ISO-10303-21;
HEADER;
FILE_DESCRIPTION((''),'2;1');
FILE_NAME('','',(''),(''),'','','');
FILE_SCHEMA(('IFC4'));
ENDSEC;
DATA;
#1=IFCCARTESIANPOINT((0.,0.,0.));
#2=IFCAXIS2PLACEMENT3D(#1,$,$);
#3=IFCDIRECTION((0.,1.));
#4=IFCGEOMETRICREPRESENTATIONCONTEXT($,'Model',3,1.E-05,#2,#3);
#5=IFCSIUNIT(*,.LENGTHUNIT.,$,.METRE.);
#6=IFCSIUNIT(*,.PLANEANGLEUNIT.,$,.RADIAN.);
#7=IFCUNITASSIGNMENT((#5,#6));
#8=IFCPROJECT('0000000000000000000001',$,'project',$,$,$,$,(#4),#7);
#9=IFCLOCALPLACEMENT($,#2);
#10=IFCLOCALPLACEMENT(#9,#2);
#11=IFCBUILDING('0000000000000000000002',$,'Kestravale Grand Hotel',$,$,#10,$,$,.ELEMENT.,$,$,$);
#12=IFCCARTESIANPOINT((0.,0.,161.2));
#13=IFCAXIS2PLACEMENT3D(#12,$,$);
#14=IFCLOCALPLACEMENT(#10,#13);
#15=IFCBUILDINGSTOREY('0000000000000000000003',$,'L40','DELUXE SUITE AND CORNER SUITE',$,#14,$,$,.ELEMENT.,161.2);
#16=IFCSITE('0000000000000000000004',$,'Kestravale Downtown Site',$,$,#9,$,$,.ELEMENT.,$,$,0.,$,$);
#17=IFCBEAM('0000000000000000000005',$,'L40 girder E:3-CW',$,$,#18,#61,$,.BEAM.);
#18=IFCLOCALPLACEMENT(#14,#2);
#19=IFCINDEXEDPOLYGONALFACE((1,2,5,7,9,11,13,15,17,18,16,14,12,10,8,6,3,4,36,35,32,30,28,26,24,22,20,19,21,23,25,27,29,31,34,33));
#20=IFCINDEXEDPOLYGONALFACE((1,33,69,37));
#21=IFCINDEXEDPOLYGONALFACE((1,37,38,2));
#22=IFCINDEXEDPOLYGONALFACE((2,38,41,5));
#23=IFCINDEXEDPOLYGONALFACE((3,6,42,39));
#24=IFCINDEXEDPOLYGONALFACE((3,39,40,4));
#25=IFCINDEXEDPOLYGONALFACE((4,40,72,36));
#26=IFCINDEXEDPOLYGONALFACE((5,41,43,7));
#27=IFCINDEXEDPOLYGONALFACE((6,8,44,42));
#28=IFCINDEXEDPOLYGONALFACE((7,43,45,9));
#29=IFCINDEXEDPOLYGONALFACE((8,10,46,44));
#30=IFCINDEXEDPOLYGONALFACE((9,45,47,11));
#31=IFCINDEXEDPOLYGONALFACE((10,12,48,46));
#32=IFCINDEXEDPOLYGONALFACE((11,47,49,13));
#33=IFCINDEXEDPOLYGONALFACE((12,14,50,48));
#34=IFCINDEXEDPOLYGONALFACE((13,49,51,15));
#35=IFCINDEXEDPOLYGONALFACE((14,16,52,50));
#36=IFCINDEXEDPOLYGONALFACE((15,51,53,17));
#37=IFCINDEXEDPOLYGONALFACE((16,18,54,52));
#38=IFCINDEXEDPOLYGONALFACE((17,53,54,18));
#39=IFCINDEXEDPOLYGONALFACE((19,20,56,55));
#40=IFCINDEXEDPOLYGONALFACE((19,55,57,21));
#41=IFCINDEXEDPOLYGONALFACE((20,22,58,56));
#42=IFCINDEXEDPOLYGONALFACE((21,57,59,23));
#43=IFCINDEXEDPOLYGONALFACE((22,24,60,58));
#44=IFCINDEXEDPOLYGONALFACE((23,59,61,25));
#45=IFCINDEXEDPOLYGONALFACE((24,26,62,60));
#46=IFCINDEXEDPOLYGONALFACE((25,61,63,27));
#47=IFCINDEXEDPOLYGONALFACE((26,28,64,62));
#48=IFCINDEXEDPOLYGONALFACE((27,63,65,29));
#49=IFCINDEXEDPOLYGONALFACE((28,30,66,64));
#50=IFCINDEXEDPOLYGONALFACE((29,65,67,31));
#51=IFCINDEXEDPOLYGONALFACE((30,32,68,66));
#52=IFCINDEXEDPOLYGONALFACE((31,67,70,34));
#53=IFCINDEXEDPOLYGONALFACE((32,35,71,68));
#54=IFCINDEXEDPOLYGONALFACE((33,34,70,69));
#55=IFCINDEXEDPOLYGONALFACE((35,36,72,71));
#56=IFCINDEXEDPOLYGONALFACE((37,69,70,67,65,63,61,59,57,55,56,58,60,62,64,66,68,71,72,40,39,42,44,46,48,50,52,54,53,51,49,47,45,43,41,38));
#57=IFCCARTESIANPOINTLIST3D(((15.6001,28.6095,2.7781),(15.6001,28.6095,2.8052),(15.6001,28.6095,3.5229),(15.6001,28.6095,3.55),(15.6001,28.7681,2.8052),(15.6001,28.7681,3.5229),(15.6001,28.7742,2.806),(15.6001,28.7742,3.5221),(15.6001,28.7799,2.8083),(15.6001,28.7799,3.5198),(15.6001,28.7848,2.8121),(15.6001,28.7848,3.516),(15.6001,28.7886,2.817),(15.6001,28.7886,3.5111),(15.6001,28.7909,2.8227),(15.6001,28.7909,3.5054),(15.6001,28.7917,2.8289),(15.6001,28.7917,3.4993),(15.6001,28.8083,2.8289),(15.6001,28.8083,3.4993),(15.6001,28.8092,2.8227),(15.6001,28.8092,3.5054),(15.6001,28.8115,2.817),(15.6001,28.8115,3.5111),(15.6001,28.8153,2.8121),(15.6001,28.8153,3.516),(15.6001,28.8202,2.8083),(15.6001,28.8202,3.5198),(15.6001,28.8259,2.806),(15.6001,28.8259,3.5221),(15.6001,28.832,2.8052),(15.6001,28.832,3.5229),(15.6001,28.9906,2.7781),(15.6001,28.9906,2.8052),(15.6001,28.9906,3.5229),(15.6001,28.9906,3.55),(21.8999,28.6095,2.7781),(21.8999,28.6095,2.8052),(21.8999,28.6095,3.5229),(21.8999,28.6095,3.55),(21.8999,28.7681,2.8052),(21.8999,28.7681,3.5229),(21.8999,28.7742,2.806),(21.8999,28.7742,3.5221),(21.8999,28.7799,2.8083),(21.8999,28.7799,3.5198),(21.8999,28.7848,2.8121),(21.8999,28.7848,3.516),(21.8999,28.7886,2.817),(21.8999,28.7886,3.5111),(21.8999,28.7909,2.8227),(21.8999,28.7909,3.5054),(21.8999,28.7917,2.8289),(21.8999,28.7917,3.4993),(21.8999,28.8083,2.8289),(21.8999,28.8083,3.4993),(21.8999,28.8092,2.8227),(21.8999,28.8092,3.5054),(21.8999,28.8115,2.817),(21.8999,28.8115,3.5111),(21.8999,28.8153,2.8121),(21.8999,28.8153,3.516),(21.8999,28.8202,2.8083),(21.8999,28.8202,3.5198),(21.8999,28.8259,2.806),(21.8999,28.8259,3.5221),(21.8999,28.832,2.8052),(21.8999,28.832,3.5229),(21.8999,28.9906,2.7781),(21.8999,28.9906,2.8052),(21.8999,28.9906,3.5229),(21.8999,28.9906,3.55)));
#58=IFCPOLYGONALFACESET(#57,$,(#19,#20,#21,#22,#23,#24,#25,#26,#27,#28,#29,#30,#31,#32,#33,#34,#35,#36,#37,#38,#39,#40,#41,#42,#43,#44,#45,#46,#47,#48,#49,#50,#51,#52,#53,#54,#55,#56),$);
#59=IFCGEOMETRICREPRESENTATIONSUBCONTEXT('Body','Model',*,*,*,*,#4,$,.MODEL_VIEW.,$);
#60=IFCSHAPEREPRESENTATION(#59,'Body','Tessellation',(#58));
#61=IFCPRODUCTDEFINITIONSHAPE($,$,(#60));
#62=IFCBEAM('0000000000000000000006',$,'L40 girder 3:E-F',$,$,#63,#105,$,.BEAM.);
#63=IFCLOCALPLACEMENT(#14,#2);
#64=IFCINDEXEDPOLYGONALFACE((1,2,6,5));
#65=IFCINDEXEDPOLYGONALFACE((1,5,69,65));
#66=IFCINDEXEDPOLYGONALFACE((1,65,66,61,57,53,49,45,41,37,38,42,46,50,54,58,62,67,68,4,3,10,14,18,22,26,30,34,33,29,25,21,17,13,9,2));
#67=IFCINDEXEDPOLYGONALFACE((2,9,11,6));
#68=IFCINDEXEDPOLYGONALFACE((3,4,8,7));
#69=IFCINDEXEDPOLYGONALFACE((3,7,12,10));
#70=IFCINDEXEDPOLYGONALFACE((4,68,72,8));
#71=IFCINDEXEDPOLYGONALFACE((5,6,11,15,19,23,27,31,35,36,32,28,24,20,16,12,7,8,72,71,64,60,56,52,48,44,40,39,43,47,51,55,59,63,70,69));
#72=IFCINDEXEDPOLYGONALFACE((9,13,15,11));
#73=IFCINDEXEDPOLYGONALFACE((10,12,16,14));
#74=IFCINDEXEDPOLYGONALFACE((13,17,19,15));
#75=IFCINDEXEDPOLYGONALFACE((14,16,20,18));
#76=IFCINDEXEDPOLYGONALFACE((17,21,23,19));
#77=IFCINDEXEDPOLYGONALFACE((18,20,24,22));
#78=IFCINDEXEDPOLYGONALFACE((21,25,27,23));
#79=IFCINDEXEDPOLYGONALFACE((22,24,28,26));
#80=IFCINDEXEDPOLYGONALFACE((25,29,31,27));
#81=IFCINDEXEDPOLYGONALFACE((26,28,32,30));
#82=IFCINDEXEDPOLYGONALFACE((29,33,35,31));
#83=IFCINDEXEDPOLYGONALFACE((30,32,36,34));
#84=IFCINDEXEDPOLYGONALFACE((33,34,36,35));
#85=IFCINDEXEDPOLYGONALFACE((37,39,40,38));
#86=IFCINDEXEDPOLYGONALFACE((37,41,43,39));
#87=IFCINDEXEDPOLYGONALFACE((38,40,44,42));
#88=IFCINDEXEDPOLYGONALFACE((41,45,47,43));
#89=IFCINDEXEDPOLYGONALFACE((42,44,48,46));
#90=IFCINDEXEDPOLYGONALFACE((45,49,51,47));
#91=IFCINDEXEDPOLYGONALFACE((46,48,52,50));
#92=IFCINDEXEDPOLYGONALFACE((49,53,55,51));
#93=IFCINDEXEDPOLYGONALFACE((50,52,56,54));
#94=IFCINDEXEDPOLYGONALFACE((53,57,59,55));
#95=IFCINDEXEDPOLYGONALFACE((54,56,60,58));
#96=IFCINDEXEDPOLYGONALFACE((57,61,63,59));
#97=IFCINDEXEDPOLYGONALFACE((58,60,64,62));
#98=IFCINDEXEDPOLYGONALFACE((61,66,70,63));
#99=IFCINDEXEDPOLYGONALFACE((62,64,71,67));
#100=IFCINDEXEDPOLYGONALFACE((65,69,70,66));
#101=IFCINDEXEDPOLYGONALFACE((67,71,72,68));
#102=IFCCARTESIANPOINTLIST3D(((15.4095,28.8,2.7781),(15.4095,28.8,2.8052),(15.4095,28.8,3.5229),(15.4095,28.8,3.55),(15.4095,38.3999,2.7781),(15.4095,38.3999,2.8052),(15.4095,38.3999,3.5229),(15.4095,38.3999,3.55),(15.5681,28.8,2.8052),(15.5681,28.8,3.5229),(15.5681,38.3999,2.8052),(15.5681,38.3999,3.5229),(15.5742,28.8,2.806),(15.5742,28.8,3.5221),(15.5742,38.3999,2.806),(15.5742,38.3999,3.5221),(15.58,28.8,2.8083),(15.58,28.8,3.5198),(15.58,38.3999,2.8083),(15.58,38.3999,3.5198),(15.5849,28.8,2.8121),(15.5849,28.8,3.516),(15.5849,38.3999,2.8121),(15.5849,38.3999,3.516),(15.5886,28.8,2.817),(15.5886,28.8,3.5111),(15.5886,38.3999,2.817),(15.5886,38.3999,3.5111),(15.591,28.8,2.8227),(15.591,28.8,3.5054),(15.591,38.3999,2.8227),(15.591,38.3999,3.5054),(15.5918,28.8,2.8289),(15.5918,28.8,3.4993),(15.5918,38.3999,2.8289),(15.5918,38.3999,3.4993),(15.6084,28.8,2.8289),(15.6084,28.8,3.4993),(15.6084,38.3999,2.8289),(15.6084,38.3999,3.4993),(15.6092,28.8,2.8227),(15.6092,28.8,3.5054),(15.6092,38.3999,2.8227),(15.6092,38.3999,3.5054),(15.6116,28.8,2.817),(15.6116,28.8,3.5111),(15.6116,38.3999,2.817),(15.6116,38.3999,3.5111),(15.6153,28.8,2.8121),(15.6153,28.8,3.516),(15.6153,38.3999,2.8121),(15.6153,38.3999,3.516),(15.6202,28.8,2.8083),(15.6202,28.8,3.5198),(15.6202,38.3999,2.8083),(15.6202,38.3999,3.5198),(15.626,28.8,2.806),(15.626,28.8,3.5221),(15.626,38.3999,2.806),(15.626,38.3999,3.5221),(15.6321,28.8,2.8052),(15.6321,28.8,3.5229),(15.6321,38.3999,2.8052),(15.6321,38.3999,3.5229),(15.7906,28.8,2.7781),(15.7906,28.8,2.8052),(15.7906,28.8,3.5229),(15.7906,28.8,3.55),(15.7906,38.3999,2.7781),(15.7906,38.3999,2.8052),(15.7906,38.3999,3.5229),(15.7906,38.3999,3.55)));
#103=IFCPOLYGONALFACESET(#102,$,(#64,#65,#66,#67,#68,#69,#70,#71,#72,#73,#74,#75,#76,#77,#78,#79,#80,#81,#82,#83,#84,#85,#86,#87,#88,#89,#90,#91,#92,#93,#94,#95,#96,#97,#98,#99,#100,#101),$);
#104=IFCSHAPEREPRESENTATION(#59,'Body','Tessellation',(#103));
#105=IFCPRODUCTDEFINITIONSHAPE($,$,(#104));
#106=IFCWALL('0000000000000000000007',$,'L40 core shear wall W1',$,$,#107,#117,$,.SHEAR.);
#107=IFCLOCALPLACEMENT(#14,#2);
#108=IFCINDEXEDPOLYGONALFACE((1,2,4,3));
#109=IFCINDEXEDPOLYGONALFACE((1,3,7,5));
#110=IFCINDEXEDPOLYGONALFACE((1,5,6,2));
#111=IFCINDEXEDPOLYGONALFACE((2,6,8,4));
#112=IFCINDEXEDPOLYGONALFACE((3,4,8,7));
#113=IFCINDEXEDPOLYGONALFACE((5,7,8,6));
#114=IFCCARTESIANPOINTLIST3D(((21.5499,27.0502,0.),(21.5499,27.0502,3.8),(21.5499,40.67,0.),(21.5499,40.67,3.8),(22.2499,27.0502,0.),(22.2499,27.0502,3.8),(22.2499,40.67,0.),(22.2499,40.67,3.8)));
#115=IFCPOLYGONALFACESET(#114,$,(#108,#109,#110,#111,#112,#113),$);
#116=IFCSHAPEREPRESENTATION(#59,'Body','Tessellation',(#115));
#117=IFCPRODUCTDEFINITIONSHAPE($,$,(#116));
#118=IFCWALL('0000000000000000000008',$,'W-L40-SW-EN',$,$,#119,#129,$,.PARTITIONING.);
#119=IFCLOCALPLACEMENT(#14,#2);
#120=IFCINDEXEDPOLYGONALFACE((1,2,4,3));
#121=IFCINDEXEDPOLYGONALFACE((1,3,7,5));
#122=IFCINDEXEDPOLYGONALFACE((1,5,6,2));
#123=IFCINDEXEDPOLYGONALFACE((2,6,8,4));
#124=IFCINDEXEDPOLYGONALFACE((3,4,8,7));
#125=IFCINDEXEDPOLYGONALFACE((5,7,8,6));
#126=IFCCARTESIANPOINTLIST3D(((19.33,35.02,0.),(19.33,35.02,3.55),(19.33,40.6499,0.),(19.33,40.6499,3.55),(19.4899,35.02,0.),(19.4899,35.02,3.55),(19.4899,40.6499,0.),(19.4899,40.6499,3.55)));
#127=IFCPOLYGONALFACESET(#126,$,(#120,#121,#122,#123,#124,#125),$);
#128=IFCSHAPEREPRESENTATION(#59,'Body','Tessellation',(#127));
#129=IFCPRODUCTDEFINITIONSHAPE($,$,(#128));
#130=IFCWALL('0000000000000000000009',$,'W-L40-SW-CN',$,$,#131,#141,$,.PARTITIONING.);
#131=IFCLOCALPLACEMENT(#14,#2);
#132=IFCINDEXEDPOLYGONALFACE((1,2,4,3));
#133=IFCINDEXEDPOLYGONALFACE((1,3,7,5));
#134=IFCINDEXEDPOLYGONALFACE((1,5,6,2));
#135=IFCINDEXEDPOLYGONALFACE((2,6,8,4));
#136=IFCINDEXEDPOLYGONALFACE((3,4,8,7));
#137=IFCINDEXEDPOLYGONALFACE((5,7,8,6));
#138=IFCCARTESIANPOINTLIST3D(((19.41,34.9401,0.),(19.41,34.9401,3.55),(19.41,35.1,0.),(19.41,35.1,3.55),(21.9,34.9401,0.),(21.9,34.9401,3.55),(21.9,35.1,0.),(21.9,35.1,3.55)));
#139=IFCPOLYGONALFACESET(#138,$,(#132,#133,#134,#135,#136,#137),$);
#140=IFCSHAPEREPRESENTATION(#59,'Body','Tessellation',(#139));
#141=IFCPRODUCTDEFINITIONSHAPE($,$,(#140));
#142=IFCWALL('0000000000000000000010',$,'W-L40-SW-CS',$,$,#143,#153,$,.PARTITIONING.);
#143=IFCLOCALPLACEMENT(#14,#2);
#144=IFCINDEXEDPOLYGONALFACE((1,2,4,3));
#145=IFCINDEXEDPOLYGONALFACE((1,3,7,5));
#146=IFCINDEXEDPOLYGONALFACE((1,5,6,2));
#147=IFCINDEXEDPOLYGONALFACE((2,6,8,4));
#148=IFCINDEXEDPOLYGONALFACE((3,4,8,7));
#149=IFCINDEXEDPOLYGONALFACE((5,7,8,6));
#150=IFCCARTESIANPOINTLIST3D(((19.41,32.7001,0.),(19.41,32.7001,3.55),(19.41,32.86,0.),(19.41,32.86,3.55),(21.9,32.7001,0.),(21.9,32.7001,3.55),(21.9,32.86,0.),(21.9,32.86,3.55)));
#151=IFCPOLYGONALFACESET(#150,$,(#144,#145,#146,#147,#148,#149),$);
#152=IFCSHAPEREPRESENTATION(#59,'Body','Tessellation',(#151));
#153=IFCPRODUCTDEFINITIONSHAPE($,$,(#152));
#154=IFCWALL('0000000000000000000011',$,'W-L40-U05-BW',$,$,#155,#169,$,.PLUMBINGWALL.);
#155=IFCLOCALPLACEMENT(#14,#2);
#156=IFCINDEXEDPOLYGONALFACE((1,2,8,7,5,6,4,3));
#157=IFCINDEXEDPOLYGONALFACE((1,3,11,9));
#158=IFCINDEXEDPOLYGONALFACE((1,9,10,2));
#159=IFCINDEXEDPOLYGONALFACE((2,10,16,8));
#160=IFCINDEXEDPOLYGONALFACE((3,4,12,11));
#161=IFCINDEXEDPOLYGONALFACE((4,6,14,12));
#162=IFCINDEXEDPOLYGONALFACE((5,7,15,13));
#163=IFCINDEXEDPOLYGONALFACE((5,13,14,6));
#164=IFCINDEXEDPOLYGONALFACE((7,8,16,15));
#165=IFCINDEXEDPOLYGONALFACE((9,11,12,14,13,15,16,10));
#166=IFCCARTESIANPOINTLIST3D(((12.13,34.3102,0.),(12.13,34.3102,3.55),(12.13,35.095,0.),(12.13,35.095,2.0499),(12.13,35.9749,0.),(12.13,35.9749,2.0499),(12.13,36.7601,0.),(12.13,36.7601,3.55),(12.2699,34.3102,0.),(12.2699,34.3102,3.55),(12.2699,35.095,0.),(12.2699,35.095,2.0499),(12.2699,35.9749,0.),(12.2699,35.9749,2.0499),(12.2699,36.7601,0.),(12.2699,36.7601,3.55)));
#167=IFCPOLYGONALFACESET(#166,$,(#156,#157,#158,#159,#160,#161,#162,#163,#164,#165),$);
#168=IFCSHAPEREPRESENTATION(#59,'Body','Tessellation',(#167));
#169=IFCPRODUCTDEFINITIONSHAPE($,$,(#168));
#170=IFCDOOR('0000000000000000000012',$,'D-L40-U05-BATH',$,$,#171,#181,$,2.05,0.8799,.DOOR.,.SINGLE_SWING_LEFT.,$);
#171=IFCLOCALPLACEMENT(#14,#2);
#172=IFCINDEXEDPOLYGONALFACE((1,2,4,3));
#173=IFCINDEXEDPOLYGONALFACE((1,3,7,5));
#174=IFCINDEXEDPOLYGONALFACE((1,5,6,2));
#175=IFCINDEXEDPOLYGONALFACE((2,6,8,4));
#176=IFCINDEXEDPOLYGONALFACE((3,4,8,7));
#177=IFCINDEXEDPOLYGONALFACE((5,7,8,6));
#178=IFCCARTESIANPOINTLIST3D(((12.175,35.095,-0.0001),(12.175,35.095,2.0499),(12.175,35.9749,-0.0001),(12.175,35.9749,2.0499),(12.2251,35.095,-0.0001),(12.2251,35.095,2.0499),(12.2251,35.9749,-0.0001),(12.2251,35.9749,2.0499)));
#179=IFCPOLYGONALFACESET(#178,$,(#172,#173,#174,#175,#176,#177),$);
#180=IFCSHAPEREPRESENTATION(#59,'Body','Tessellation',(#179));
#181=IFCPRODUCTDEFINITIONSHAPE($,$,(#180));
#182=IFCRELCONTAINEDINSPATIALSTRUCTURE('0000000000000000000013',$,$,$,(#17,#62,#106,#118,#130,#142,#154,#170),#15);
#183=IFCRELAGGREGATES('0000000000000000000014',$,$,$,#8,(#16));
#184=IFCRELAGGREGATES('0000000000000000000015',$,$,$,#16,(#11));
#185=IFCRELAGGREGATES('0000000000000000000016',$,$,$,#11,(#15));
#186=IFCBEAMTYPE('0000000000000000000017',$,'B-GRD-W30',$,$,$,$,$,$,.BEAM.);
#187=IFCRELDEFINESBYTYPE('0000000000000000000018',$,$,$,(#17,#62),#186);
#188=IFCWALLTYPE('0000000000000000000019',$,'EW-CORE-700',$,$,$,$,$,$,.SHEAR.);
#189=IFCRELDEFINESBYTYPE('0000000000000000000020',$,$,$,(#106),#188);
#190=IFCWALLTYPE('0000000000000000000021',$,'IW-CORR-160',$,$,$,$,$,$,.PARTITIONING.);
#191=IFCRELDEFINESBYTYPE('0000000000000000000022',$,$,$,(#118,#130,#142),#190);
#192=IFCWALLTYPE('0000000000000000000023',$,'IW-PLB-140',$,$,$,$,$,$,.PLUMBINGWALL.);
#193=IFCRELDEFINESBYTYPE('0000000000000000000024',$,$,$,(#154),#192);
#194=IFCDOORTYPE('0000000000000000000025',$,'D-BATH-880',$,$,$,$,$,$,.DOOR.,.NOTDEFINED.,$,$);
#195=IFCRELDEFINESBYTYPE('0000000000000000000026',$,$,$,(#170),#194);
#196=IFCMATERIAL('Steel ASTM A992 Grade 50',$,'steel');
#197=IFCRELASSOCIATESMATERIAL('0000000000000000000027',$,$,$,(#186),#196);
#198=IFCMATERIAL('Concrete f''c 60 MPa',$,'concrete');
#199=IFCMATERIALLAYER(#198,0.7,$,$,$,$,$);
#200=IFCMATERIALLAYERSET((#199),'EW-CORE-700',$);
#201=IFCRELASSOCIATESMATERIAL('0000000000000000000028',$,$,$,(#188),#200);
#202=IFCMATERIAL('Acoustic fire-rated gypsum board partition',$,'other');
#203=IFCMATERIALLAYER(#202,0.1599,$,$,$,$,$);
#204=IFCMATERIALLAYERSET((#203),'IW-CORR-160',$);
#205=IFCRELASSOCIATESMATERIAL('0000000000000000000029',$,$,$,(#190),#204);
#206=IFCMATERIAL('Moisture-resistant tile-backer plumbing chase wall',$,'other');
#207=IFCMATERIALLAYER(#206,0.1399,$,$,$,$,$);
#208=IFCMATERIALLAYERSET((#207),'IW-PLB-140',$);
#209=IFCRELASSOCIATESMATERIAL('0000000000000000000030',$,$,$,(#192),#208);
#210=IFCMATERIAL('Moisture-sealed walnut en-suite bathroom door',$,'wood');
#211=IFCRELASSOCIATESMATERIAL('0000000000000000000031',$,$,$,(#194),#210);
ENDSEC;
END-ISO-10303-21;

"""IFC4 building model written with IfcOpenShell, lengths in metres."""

from ifc_helpers import new_model, si_unit, direction, frame, frame_2d, origin, origin_2d, place, context, subcontext, project, spatial, rectangle, i_section, extrude, material, layer, layer_set, material_profile, profile_set, type_object, element, fill, save


model = new_model("IFC4")

# Units and contexts
model_context = context("Model", 3, precision=1e-05, world=origin(), true_north=direction((0.0, 1.0)))
body_context = subcontext(model_context, "Body", "Model", "MODEL_VIEW")
ifc_project = project(units=[si_unit("LENGTHUNIT", "METRE"), si_unit("PLANEANGLEUNIT", "RADIAN")], contexts=[model_context])

# Site, building, storey
site_placement = place(None, origin())
site = spatial("IfcSite", under=ifc_project, at=site_placement, Name="Kestravale Downtown Site", CompositionType="ELEMENT", RefElevation=0.0)
building_placement = place(site_placement, origin())
building = spatial("IfcBuilding", under=site, at=building_placement, Name="Kestravale Grand Hotel", CompositionType="ELEMENT")
storey_placement = place(building_placement, frame((0.0, 0.0, 161.2)))
storey = spatial("IfcBuildingStorey", under=building, at=storey_placement, Name="L40", Description="DELUXE SUITE AND CORNER SUITE", CompositionType="ELEMENT", Elevation=161.2)

# Beams
ifc_material_1 = material(Name="Steel ASTM A992 Grade 50", Category="steel")
ifc_material_profile_1 = material_profile(ifc_material_1, i_section(OverallWidth=0.3811, OverallDepth=0.772, WebThickness=0.0166, FlangeThickness=0.0271, FilletRadius=0.0237, at=origin_2d()))
ifc_profile_set_1 = profile_set([ifc_material_profile_1], Name="Steel ASTM A992 Grade 50")
beam_type_1 = type_object("IfcBeamType", Name="B-GRD-W30", PredefinedType="BEAM", material=ifc_profile_set_1)
beam_1_placement = place(storey_placement, frame((15.6001, 28.8, 3.1641), z_axis=(1.0, 0.0, 0.0), x_axis=(0.0, 1.0, 0.0)))
element("IfcBeam", 1, at=beam_1_placement, inside=storey, type_object=beam_type_1, Name="L40 girder E:3-CW", PredefinedType="BEAM", context=body_context, shape_type="SweptSolid", body=[
    extrude(i_section(OverallWidth=0.3811, OverallDepth=0.772, WebThickness=0.0166, FlangeThickness=0.0271, FilletRadius=0.0237, at=origin_2d()), origin(), (0.0, 0.0, 1.0), 6.2998),
])
beam_2_placement = place(storey_placement, frame((15.6001, 28.8, 3.1641), z_axis=(0.0, 1.0, 0.0), x_axis=(-1.0, 0.0, 0.0)))
element("IfcBeam", 2, at=beam_2_placement, inside=storey, type_object=beam_type_1, Name="L40 girder 3:E-F", PredefinedType="BEAM", context=body_context, shape_type="SweptSolid", body=[
    extrude(i_section(OverallWidth=0.3811, OverallDepth=0.772, WebThickness=0.0166, FlangeThickness=0.0271, FilletRadius=0.0237, at=origin_2d()), origin(), (0.0, 0.0, 1.0), 9.5999),
])

# Walls
ifc_material_2 = material(Name="Concrete f'c 60 MPa", Category="concrete")
ifc_layer_1 = layer(ifc_material_2, 0.7)
ifc_layer_set_1 = layer_set([ifc_layer_1], Name="EW-CORE-700")
wall_type_1 = type_object("IfcWallType", Name="EW-CORE-700", PredefinedType="SHEAR", material=ifc_layer_set_1)
wall_1_placement = place(storey_placement, frame((21.8999, 27.05, 0.0), z_axis=(0.0, 0.0, 1.0), x_axis=(0.0, 1.0, 0.0)))
element("IfcWall", 3, at=wall_1_placement, inside=storey, type_object=wall_type_1, Name="L40 core shear wall W1", PredefinedType="SHEAR", context=body_context, shape_type="SweptSolid", body=[
    extrude(rectangle(XDim=13.6199, YDim=0.7, at=frame_2d((6.8101, 0.0))), origin(), (0.0, 0.0, 1.0), 3.8),
])
ifc_material_3 = material(Name="Acoustic fire-rated gypsum board partition", Category="other")
ifc_layer_2 = layer(ifc_material_3, 0.1599)
ifc_layer_set_2 = layer_set([ifc_layer_2], Name="IW-CORR-160")
wall_type_2 = type_object("IfcWallType", Name="IW-CORR-160", PredefinedType="PARTITIONING", material=ifc_layer_set_2)
wall_2_placement = place(storey_placement, frame((19.4099, 35.02, 0.0), z_axis=(0.0, 0.0, 1.0), x_axis=(0.0, 1.0, 0.0)))
element("IfcWall", 4, at=wall_2_placement, inside=storey, type_object=wall_type_2, Name="W-L40-SW-EN", PredefinedType="PARTITIONING", context=body_context, shape_type="SweptSolid", body=[
    extrude(rectangle(XDim=5.6299, YDim=0.1599, at=frame_2d((2.8149, 0.0))), origin(), (0.0, 0.0, 1.0), 3.55),
])
for number, where, z_axis, x_axis, name in (
    (5, (19.4099, 35.02, 0.0), (0.0, 0.0, 1.0), (1.0, 0.0, 0.0), "W-L40-SW-CN"),
    (6, (19.4099, 32.78, 0.0), (0.0, 0.0, 1.0), (1.0, 0.0, 0.0), "W-L40-SW-CS"),
):
    element("IfcWall", number, at=place(storey_placement, frame(where, z_axis=z_axis, x_axis=x_axis)), inside=storey, type_object=wall_type_2, Name=name, PredefinedType="PARTITIONING", context=body_context, shape_type="SweptSolid", body=[
        extrude(rectangle(XDim=2.49, YDim=0.1599, at=frame_2d((1.2451, 0.0))), origin(), (0.0, 0.0, 1.0), 3.55),
    ])

# Wall, opening, door
ifc_material_4 = material(Name="Moisture-resistant tile-backer plumbing chase wall", Category="other")
ifc_layer_3 = layer(ifc_material_4, 0.1399)
ifc_layer_set_3 = layer_set([ifc_layer_3], Name="IW-PLB-140")
wall_type_3 = type_object("IfcWallType", Name="IW-PLB-140", PredefinedType="PLUMBINGWALL", material=ifc_layer_set_3)
wall_3_placement = place(storey_placement, frame((12.2, 34.3101, 0.0), z_axis=(0.0, 0.0, 1.0), x_axis=(0.0, 1.0, 0.0)))
wall_3 = element("IfcWall", 7, at=wall_3_placement, inside=storey, type_object=wall_type_3, Name="W-L40-U05-BW", PredefinedType="PLUMBINGWALL", context=body_context, shape_type="SweptSolid", body=[
    extrude(rectangle(XDim=2.45, YDim=0.1399, at=frame_2d((1.2251, 0.0))), origin(), (0.0, 0.0, 1.0), 3.55),
])
opening_placement = place(wall_3_placement, frame((0.7849, 0.0, 0.0)))
opening = element("IfcOpeningElement", 8, at=opening_placement, cuts=wall_3, PredefinedType="OPENING", context=body_context, shape_type="SweptSolid", body=[
    extrude(rectangle(XDim=0.8799, YDim=2.05, at=frame_2d((0.4399, 1.0249))), frame((0.0, 0.0798, 0.0), z_axis=(0.0, -1.0, 0.0), x_axis=(1.0, 0.0, 0.0)), (0.0, 0.0, 1.0), 0.1599),
])
ifc_material_5 = material(Name="Moisture-sealed walnut en-suite bathroom door", Category="wood")
door_type = type_object("IfcDoorType", Name="D-BATH-880", OperationType="NOTDEFINED", PredefinedType="DOOR", material=ifc_material_5)
door_placement = place(opening_placement, origin())
door = element("IfcDoor", 9, at=door_placement, inside=storey, type_object=door_type, Name="D-L40-U05-BATH", OperationType="SINGLE_SWING_LEFT", OverallHeight=2.05, OverallWidth=0.8799, PredefinedType="DOOR", context=body_context, shape_type="SweptSolid", body=[
    extrude(rectangle(XDim=0.8799, YDim=2.05, at=frame_2d((0.4399, 1.0249))), frame((0.0, 0.0249, 0.0), z_axis=(0.0, -1.0, 0.0), x_axis=(1.0, 0.0, 0.0)), (0.0, 0.0, 1.0), 0.05),
])
fill(opening, door)

save(model, "model.ifc")
